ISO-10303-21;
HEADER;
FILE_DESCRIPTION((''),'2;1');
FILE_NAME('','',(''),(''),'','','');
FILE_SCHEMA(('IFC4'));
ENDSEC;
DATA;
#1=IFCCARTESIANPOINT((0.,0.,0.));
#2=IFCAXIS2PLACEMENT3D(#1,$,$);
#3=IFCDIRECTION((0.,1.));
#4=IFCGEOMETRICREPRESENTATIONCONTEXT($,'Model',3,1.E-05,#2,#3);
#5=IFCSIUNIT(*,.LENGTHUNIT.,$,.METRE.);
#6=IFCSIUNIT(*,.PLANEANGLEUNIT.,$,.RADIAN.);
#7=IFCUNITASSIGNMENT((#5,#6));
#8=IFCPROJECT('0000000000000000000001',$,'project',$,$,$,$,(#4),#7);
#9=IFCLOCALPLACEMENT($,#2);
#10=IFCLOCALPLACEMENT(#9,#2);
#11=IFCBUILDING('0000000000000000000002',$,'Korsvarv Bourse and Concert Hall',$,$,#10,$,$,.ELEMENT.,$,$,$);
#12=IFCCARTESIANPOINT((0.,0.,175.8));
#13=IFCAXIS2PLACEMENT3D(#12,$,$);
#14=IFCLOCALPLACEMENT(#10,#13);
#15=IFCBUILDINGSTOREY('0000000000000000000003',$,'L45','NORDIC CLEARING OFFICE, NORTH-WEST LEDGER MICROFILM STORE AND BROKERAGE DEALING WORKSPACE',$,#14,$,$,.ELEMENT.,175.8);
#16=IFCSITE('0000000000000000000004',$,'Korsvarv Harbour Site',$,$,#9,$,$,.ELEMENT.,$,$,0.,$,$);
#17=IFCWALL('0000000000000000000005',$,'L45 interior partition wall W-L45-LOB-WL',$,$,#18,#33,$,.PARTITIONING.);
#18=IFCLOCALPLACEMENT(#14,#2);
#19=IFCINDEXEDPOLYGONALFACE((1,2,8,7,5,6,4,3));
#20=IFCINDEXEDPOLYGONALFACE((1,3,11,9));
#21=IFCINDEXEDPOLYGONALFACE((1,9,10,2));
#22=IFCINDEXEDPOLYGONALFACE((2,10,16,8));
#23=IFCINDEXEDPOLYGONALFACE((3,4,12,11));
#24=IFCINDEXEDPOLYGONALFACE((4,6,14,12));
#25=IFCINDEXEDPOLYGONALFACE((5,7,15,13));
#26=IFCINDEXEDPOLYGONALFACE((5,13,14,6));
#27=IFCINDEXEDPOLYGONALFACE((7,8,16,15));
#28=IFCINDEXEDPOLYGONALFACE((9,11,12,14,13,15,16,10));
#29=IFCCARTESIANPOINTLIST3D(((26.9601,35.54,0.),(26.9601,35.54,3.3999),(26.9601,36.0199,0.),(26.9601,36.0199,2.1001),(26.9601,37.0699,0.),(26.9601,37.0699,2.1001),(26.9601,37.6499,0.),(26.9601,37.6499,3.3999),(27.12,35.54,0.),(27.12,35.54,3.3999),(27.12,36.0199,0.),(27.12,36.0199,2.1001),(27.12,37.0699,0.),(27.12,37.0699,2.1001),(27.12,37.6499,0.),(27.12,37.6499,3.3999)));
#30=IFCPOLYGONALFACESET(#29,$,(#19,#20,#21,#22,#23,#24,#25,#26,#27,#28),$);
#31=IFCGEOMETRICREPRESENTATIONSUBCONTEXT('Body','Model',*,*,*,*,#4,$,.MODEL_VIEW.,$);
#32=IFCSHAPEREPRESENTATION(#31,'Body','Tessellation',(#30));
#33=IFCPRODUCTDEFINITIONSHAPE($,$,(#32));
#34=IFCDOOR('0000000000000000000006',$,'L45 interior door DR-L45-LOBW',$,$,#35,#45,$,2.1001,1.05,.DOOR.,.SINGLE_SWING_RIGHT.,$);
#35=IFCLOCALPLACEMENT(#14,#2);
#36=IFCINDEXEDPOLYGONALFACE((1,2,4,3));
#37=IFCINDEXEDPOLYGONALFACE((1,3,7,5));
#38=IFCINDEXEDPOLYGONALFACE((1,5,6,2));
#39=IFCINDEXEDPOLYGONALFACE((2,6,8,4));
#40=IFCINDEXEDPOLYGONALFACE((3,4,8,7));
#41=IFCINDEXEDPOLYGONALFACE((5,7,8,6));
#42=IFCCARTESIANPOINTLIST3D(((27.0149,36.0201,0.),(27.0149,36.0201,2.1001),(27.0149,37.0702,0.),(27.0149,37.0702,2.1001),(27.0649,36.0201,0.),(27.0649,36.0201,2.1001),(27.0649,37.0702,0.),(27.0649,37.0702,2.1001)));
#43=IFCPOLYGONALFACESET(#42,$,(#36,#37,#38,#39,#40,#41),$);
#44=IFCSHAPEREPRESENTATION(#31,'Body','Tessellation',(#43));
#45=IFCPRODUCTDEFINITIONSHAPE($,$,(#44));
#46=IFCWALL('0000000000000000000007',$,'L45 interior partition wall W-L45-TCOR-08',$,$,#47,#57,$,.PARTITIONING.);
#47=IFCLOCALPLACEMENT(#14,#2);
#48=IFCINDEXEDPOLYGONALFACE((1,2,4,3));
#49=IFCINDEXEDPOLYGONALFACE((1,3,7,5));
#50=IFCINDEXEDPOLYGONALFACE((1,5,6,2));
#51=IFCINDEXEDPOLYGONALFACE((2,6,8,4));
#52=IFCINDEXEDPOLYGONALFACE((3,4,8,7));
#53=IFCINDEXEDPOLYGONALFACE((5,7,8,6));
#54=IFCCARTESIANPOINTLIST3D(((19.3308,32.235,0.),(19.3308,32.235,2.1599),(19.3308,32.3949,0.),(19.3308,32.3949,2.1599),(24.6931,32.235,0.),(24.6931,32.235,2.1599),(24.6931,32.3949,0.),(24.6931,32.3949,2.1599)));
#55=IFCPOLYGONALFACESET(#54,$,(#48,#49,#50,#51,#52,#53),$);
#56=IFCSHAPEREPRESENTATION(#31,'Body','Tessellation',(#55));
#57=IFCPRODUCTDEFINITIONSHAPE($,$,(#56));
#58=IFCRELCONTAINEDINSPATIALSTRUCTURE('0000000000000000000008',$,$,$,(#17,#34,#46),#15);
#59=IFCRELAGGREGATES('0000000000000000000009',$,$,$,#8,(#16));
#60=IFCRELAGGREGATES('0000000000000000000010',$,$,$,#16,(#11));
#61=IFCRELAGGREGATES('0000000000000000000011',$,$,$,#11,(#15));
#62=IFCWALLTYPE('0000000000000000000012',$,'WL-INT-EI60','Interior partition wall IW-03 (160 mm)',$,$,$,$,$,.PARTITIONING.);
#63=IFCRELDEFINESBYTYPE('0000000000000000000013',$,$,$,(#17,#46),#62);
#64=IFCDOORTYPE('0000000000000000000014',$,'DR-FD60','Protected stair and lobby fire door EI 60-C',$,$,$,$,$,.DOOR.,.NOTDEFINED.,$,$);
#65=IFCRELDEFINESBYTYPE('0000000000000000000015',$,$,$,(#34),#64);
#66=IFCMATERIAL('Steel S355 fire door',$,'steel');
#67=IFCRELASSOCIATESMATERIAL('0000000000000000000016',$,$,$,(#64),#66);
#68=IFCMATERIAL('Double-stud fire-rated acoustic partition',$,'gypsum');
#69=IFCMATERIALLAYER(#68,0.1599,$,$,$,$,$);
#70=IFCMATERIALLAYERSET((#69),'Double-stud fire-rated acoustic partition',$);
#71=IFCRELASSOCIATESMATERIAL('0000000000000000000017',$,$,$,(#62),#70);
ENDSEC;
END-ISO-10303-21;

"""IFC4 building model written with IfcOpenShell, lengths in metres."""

from ifc_helpers import new_model, si_unit, direction, frame, frame_2d, origin, place, context, subcontext, project, spatial, rectangle, extrude, material, layer, layer_set, type_object, element, fill, save


model = new_model("IFC4")

# Units and contexts
model_context = context("Model", 3, precision=1e-05, world=origin(), true_north=direction((0.0, 1.0)))
body_context = subcontext(model_context, "Body", "Model", "MODEL_VIEW")
ifc_project = project(units=[si_unit("LENGTHUNIT", "METRE"), si_unit("PLANEANGLEUNIT", "RADIAN")], contexts=[model_context])

# Site, building, storey
site_placement = place(None, origin())
site = spatial("IfcSite", under=ifc_project, at=site_placement, Name="Korsvarv Harbour Site", CompositionType="ELEMENT", RefElevation=0.0)
building_placement = place(site_placement, origin())
building = spatial("IfcBuilding", under=site, at=building_placement, Name="Korsvarv Bourse and Concert Hall", CompositionType="ELEMENT")
storey_placement = place(building_placement, frame((0.0, 0.0, 175.8)))
storey = spatial("IfcBuildingStorey", under=building, at=storey_placement, Name="L45", Description="NORDIC CLEARING OFFICE, NORTH-WEST LEDGER MICROFILM STORE AND BROKERAGE DEALING WORKSPACE", CompositionType="ELEMENT", Elevation=175.8)

# Shared definitions
ifc_material_1 = material(Name="Steel S355 fire door", Category="steel")
door_type_1 = type_object("IfcDoorType", Name="DR-FD60", Description="Protected stair and lobby fire door EI 60-C", OperationType="NOTDEFINED", PredefinedType="DOOR", material=ifc_material_1)

# Shared definitions
ifc_material_2 = material(Name="Double-stud fire-rated acoustic partition", Category="gypsum")
ifc_layer_1 = layer(ifc_material_2, 0.1599)
ifc_layer_set_1 = layer_set([ifc_layer_1], Name="Double-stud fire-rated acoustic partition")
wall_type_1 = type_object("IfcWallType", Name="WL-INT-EI60", Description="Interior partition wall IW-03 (160 mm)", PredefinedType="PARTITIONING", material=ifc_layer_set_1)

# Wall, opening, door
wall_1_placement = place(storey_placement, frame((27.04, 35.54, 0.0), z_axis=(0.0, 0.0, 1.0), x_axis=(0.0, 1.0, 0.0)))
wall_1 = element("IfcWall", 1, at=wall_1_placement, inside=storey, type_object=wall_type_1, Name="L45 interior partition wall W-L45-LOB-WL", PredefinedType="PARTITIONING", context=body_context, shape_type="SweptSolid", body=[
    extrude(rectangle(XDim=2.1099, YDim=0.1599, at=frame_2d((1.0549, 0.0))), origin(), (0.0, 0.0, 1.0), 3.3999),
])
opening_1_placement = place(wall_1_placement, frame((0.48, 0.0, 0.0)))
opening_1 = element("IfcOpeningElement", 2, at=opening_1_placement, cuts=wall_1, PredefinedType="OPENING", context=body_context, shape_type="SweptSolid", body=[
    extrude(rectangle(XDim=1.05, YDim=2.1001, at=frame_2d((0.5249, 1.05))), frame((0.0, 0.0898, 0.0), z_axis=(0.0, -1.0, 0.0), x_axis=(1.0, 0.0, 0.0)), (0.0, 0.0, 1.0), 0.1799),
])
door_1_placement = place(opening_1_placement, frame((1.05, 0.0, 0.0), z_axis=(0.0, 0.0, 1.0), x_axis=(-1.0, 0.0, 0.0)))
door_1 = element("IfcDoor", 3, at=door_1_placement, inside=storey, type_object=door_type_1, Name="L45 interior door DR-L45-LOBW", OperationType="SINGLE_SWING_RIGHT", OverallHeight=2.1001, OverallWidth=1.05, PredefinedType="DOOR", context=body_context, shape_type="SweptSolid", body=[
    extrude(rectangle(XDim=1.05, YDim=2.1001, at=frame_2d((0.5249, 1.05))), frame((0.0, 0.0249, 0.0), z_axis=(0.0, -1.0, 0.0), x_axis=(1.0, 0.0, 0.0)), (0.0, 0.0, 1.0), 0.05),
])
fill(opening_1, door_1)

# Wall
wall_2_placement = place(storey_placement, frame((19.3308, 32.3149, 0.0), z_axis=(0.0, 0.0, 1.0), x_axis=(1.0, 0.0, 0.0)))
element("IfcWall", 4, at=wall_2_placement, inside=storey, type_object=wall_type_1, Name="L45 interior partition wall W-L45-TCOR-08", PredefinedType="PARTITIONING", context=body_context, shape_type="SweptSolid", body=[
    extrude(rectangle(XDim=5.3623, YDim=0.1599, at=frame_2d((2.6812, 0.0))), origin(), (0.0, 0.0, 1.0), 2.1599),
])

save(model, "model.ifc")
